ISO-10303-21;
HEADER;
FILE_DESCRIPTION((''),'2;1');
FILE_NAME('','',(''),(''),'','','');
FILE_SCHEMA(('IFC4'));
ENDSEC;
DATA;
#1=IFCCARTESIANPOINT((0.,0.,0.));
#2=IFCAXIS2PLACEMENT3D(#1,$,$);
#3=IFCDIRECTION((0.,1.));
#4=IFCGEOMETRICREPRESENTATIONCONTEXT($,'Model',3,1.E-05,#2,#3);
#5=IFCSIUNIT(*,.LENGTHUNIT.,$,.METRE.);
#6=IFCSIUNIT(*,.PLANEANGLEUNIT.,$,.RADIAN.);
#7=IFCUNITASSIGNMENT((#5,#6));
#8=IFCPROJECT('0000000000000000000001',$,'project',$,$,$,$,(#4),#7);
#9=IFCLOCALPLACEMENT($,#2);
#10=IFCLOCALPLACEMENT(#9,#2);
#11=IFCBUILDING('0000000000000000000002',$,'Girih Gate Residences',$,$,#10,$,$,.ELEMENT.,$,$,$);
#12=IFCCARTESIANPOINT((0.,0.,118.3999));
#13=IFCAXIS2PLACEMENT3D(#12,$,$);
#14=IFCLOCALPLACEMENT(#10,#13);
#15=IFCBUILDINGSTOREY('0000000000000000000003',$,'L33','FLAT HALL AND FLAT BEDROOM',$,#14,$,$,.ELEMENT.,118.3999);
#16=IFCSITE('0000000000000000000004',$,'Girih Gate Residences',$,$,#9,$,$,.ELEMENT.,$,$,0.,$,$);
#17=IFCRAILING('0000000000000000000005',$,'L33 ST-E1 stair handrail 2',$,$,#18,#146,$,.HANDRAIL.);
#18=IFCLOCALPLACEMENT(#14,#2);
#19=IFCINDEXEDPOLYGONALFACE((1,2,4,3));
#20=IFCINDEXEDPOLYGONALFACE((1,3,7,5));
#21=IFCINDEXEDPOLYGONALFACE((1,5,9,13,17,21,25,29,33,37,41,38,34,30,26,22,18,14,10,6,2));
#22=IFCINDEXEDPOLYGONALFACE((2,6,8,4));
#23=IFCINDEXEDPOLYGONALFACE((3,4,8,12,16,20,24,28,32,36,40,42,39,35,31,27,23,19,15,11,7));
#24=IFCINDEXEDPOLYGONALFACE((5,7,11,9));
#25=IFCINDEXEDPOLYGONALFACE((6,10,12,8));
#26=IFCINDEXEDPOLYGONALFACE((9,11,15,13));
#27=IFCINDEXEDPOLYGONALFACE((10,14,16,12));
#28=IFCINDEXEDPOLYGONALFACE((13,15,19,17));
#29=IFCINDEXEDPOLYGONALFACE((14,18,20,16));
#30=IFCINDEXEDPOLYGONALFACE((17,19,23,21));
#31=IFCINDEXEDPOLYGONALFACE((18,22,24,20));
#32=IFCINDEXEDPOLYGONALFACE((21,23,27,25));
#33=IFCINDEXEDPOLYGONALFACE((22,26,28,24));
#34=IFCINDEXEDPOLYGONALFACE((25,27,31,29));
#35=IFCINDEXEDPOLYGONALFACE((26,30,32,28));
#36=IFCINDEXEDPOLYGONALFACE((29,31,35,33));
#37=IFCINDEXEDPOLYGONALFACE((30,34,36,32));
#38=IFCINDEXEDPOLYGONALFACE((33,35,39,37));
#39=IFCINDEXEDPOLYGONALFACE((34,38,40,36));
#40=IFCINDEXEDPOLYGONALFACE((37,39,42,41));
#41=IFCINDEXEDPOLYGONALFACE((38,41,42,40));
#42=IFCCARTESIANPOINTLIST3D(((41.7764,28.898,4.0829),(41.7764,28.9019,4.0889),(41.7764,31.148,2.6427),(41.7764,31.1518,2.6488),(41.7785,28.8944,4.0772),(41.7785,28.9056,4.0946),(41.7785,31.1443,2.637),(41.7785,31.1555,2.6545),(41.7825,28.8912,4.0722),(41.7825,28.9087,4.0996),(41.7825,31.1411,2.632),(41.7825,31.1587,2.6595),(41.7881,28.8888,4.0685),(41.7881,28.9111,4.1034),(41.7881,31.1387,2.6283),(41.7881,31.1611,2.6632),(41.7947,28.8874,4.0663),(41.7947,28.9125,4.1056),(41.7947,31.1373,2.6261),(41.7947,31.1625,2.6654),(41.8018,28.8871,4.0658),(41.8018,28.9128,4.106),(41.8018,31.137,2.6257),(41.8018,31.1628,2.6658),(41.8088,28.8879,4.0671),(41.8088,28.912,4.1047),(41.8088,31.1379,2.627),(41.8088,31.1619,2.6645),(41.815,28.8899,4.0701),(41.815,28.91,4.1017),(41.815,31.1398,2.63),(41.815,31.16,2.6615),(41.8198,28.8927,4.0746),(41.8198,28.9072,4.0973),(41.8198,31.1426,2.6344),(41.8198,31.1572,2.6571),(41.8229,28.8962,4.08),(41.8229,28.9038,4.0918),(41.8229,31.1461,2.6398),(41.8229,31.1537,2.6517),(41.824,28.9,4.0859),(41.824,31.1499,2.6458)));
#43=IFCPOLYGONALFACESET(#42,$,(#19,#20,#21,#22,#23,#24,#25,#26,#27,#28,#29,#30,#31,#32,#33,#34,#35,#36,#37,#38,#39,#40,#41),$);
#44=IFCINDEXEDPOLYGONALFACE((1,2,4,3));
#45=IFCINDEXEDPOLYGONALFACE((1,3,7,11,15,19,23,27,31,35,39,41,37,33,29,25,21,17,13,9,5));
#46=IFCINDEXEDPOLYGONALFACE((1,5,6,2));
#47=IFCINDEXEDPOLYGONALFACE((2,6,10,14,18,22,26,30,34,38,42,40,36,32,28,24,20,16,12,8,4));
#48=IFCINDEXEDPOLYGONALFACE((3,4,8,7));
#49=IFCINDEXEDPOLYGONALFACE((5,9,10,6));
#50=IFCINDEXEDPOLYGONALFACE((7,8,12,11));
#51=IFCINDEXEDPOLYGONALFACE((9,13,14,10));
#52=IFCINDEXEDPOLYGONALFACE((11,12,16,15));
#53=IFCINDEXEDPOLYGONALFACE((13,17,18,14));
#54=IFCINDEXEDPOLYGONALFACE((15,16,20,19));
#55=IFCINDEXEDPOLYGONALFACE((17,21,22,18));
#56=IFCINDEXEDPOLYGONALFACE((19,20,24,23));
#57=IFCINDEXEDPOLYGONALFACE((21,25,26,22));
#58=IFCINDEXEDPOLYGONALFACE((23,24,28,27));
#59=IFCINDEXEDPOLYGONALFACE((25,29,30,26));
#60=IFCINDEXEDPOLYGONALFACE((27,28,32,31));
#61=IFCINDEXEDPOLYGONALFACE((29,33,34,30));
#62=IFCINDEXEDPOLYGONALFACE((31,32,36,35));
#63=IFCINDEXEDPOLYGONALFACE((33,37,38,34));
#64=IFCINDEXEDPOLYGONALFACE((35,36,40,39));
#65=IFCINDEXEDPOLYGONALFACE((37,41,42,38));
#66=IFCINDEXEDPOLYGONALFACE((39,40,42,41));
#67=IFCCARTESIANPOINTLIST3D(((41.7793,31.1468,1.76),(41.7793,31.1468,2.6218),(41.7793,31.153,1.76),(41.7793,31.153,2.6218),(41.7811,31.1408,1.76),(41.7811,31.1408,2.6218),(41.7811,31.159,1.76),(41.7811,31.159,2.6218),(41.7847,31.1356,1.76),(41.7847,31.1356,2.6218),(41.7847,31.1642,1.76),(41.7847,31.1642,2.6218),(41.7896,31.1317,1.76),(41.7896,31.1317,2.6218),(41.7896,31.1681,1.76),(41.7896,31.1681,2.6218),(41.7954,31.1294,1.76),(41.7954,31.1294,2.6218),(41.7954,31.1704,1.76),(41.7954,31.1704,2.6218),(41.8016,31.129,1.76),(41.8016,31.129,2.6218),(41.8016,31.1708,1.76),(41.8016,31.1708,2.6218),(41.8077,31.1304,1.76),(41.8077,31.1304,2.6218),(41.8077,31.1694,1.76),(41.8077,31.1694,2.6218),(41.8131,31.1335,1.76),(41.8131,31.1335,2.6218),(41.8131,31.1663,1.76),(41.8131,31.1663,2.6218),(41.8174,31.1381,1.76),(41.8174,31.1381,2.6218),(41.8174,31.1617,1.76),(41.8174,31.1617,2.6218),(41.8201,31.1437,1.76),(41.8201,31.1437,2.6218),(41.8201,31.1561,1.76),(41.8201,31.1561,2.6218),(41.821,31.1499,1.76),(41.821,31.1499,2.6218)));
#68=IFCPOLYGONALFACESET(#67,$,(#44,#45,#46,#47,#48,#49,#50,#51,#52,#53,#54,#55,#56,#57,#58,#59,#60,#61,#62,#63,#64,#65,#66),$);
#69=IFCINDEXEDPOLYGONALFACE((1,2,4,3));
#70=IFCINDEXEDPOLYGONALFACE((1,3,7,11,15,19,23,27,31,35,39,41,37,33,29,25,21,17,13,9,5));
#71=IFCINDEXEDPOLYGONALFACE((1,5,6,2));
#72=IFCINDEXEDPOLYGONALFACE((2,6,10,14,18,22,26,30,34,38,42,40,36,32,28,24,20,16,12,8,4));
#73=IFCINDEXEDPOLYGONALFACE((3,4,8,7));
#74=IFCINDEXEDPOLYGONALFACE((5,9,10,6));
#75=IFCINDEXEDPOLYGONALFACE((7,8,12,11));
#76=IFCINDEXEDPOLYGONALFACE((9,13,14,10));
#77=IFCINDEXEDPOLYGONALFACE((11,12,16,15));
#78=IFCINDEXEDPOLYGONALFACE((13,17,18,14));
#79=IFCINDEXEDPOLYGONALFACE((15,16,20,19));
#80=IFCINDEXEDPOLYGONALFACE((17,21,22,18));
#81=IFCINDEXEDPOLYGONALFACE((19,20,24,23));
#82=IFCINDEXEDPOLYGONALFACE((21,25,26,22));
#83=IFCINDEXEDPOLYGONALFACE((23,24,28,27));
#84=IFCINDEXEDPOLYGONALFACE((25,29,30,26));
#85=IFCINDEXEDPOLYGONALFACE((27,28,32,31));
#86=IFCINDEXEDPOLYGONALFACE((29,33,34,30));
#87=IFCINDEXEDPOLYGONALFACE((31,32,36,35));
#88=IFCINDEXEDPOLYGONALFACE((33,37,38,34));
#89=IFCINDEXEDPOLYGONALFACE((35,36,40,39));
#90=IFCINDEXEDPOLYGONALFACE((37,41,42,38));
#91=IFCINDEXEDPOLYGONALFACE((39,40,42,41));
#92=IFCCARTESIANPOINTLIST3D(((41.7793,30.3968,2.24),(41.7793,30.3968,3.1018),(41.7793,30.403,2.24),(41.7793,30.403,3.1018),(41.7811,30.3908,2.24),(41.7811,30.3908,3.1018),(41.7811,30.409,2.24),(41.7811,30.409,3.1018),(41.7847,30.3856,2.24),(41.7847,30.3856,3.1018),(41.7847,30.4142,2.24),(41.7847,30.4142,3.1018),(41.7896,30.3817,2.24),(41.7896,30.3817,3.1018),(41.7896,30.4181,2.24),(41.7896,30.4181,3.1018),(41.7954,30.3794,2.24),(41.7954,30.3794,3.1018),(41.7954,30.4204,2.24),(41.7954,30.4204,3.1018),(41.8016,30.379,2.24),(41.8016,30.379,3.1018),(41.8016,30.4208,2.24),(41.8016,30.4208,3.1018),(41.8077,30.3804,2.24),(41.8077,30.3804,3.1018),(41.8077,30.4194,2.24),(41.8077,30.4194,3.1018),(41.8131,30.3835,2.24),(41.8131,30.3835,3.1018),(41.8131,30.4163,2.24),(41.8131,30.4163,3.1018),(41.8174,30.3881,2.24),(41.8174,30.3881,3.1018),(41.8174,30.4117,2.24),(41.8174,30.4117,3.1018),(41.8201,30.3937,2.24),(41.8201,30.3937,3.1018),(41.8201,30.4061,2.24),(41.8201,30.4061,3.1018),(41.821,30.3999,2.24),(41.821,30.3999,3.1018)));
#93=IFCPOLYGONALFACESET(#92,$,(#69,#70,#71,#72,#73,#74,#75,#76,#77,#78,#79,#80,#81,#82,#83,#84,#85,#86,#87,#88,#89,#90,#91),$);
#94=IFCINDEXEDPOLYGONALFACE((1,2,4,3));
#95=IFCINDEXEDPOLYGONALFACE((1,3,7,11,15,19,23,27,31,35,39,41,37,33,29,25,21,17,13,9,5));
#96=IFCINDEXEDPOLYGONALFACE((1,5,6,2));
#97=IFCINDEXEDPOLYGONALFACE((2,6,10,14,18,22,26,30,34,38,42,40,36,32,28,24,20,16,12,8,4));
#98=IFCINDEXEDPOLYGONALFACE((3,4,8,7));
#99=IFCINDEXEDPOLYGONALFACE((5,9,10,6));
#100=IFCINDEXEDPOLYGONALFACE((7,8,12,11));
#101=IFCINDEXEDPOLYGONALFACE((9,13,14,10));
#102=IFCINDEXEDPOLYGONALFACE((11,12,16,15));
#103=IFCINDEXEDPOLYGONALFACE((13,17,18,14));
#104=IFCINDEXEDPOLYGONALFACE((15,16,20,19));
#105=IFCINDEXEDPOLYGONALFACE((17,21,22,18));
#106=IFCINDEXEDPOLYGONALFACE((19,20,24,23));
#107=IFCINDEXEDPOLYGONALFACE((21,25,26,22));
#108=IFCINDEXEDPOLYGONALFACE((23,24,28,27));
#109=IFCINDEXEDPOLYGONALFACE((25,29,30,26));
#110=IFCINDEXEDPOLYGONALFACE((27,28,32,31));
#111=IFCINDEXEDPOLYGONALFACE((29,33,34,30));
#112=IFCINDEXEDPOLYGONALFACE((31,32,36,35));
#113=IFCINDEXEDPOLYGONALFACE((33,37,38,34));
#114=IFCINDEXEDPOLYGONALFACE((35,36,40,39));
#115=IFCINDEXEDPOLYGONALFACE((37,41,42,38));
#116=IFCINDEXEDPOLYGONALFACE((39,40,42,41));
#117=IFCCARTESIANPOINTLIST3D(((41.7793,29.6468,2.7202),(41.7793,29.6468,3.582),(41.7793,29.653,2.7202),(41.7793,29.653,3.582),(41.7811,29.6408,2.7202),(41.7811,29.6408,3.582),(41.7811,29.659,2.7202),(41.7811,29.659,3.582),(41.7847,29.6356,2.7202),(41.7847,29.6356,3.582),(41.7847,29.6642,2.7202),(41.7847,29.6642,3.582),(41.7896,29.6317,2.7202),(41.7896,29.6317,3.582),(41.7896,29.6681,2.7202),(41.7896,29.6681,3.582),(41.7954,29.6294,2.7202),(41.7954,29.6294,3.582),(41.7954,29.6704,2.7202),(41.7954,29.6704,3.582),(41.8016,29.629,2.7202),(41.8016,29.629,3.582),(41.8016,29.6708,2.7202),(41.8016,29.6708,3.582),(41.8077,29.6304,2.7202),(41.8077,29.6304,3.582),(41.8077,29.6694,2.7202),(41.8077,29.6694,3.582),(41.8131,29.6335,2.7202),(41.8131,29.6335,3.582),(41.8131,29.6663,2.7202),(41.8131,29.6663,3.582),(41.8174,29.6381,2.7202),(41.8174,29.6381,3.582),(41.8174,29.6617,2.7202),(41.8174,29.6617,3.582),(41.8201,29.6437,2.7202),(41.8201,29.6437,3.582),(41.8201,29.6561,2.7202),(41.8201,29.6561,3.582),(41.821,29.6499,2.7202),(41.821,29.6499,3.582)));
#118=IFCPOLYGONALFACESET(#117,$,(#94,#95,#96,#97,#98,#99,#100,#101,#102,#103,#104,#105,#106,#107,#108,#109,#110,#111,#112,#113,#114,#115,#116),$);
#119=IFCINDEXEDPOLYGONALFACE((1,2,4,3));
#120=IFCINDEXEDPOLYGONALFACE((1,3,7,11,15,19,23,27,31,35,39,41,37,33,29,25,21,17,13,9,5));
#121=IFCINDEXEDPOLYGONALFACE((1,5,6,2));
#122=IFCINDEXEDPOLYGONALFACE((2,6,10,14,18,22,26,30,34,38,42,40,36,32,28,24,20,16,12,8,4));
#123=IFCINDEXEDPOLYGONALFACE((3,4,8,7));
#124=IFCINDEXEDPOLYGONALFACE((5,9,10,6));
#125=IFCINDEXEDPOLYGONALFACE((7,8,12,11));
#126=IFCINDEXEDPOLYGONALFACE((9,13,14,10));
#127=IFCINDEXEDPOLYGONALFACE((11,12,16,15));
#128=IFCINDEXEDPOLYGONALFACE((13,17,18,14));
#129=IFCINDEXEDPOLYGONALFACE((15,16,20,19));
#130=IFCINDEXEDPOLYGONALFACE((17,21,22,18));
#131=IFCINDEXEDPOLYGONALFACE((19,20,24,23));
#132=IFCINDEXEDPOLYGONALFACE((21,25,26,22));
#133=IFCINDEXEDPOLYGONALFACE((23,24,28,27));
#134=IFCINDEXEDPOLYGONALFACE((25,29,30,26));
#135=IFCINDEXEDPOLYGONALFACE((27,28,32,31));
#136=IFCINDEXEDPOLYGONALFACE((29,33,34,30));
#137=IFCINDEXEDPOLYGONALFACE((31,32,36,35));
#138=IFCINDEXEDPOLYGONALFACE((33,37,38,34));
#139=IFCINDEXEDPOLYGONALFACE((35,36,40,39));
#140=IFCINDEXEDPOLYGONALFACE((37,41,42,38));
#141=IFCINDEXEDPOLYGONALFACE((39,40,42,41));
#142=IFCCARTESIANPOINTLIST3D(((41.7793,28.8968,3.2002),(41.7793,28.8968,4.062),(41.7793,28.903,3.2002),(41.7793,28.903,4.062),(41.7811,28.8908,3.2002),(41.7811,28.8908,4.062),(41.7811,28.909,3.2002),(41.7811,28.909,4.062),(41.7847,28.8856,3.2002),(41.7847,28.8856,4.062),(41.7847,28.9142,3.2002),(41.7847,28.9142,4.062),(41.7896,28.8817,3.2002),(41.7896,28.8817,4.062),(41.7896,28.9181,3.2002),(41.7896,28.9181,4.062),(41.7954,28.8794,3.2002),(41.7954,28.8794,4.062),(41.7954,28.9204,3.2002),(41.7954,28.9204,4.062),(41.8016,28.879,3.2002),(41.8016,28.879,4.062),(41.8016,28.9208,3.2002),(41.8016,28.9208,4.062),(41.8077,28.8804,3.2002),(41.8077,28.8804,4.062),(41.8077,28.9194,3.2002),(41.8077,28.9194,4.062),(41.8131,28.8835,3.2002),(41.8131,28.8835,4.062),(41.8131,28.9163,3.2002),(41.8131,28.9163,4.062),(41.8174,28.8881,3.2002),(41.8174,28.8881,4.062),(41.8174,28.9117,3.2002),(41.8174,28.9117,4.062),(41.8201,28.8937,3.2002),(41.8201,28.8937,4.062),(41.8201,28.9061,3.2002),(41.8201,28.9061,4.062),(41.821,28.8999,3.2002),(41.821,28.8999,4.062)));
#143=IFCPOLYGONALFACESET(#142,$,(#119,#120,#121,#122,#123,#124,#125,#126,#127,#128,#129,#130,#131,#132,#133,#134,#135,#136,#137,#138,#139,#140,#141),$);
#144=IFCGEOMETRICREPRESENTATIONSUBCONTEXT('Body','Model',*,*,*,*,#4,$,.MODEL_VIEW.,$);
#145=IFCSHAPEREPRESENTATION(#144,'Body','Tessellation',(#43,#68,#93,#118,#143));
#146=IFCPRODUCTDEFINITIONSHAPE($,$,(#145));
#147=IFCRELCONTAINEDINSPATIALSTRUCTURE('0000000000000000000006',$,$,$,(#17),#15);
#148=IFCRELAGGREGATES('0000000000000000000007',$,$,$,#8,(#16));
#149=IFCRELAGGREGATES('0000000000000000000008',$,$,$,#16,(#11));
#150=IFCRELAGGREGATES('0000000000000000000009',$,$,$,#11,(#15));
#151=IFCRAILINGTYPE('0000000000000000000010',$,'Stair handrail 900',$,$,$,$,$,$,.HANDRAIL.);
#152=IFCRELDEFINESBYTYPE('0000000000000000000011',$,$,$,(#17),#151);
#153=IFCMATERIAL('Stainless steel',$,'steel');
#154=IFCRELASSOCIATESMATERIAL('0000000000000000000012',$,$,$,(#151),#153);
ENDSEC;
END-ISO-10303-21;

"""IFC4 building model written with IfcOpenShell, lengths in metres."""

from ifc_helpers import new_model, si_unit, direction, frame, origin, origin_2d, place, context, subcontext, project, spatial, circle, extrude, material, type_object, element, save


model = new_model("IFC4")

# Units and contexts
model_context = context("Model", 3, precision=1e-05, world=origin(), true_north=direction((0.0, 1.0)))
body_context = subcontext(model_context, "Body", "Model", "MODEL_VIEW")
ifc_project = project(units=[si_unit("LENGTHUNIT", "METRE"), si_unit("PLANEANGLEUNIT", "RADIAN")], contexts=[model_context])

# Site, building, storey
site_placement = place(None, origin())
site = spatial("IfcSite", under=ifc_project, at=site_placement, Name="Girih Gate Residences", CompositionType="ELEMENT", RefElevation=0.0)
building_placement = place(site_placement, origin())
building = spatial("IfcBuilding", under=site, at=building_placement, Name="Girih Gate Residences", CompositionType="ELEMENT")
storey_placement = place(building_placement, frame((0.0, 0.0, 118.3999)))
storey = spatial("IfcBuildingStorey", under=building, at=storey_placement, Name="L33", Description="FLAT HALL AND FLAT BEDROOM", CompositionType="ELEMENT", Elevation=118.3999)

# Railing
ifc_material_1 = material(Name="Stainless steel", Category="steel")
railing_type_1 = type_object("IfcRailingType", Name="Stair handrail 900", PredefinedType="HANDRAIL", material=ifc_material_1)
railing_1_placement = place(storey_placement, frame((41.8, 31.1499, 1.76)))
element("IfcRailing", 1, at=railing_1_placement, inside=storey, type_object=railing_type_1, Name="L33 ST-E1 stair handrail 2", PredefinedType="HANDRAIL", context=body_context, shape_type="SweptSolid", body=[
    extrude(circle(Radius=0.0239, at=origin_2d()), frame((0.0, 0.0, 0.8857), z_axis=(0.0, -0.84224, 0.539103), x_axis=(1.0, 0.0, 0.0)), (0.0, 0.0, 1.0), 2.6714),
    extrude(circle(Radius=0.021, at=origin_2d()), origin(), (0.0, 0.0, 1.0), 0.8618),
    extrude(circle(Radius=0.021, at=origin_2d()), frame((0.0, -0.75, 0.48)), (0.0, 0.0, 1.0), 0.8618),
    extrude(circle(Radius=0.021, at=origin_2d()), frame((0.0, -1.5, 0.9602)), (0.0, 0.0, 1.0), 0.8618),
    extrude(circle(Radius=0.021, at=origin_2d()), frame((0.0, -2.25, 1.4402)), (0.0, 0.0, 1.0), 0.8618),
])

save(model, "model.ifc")
